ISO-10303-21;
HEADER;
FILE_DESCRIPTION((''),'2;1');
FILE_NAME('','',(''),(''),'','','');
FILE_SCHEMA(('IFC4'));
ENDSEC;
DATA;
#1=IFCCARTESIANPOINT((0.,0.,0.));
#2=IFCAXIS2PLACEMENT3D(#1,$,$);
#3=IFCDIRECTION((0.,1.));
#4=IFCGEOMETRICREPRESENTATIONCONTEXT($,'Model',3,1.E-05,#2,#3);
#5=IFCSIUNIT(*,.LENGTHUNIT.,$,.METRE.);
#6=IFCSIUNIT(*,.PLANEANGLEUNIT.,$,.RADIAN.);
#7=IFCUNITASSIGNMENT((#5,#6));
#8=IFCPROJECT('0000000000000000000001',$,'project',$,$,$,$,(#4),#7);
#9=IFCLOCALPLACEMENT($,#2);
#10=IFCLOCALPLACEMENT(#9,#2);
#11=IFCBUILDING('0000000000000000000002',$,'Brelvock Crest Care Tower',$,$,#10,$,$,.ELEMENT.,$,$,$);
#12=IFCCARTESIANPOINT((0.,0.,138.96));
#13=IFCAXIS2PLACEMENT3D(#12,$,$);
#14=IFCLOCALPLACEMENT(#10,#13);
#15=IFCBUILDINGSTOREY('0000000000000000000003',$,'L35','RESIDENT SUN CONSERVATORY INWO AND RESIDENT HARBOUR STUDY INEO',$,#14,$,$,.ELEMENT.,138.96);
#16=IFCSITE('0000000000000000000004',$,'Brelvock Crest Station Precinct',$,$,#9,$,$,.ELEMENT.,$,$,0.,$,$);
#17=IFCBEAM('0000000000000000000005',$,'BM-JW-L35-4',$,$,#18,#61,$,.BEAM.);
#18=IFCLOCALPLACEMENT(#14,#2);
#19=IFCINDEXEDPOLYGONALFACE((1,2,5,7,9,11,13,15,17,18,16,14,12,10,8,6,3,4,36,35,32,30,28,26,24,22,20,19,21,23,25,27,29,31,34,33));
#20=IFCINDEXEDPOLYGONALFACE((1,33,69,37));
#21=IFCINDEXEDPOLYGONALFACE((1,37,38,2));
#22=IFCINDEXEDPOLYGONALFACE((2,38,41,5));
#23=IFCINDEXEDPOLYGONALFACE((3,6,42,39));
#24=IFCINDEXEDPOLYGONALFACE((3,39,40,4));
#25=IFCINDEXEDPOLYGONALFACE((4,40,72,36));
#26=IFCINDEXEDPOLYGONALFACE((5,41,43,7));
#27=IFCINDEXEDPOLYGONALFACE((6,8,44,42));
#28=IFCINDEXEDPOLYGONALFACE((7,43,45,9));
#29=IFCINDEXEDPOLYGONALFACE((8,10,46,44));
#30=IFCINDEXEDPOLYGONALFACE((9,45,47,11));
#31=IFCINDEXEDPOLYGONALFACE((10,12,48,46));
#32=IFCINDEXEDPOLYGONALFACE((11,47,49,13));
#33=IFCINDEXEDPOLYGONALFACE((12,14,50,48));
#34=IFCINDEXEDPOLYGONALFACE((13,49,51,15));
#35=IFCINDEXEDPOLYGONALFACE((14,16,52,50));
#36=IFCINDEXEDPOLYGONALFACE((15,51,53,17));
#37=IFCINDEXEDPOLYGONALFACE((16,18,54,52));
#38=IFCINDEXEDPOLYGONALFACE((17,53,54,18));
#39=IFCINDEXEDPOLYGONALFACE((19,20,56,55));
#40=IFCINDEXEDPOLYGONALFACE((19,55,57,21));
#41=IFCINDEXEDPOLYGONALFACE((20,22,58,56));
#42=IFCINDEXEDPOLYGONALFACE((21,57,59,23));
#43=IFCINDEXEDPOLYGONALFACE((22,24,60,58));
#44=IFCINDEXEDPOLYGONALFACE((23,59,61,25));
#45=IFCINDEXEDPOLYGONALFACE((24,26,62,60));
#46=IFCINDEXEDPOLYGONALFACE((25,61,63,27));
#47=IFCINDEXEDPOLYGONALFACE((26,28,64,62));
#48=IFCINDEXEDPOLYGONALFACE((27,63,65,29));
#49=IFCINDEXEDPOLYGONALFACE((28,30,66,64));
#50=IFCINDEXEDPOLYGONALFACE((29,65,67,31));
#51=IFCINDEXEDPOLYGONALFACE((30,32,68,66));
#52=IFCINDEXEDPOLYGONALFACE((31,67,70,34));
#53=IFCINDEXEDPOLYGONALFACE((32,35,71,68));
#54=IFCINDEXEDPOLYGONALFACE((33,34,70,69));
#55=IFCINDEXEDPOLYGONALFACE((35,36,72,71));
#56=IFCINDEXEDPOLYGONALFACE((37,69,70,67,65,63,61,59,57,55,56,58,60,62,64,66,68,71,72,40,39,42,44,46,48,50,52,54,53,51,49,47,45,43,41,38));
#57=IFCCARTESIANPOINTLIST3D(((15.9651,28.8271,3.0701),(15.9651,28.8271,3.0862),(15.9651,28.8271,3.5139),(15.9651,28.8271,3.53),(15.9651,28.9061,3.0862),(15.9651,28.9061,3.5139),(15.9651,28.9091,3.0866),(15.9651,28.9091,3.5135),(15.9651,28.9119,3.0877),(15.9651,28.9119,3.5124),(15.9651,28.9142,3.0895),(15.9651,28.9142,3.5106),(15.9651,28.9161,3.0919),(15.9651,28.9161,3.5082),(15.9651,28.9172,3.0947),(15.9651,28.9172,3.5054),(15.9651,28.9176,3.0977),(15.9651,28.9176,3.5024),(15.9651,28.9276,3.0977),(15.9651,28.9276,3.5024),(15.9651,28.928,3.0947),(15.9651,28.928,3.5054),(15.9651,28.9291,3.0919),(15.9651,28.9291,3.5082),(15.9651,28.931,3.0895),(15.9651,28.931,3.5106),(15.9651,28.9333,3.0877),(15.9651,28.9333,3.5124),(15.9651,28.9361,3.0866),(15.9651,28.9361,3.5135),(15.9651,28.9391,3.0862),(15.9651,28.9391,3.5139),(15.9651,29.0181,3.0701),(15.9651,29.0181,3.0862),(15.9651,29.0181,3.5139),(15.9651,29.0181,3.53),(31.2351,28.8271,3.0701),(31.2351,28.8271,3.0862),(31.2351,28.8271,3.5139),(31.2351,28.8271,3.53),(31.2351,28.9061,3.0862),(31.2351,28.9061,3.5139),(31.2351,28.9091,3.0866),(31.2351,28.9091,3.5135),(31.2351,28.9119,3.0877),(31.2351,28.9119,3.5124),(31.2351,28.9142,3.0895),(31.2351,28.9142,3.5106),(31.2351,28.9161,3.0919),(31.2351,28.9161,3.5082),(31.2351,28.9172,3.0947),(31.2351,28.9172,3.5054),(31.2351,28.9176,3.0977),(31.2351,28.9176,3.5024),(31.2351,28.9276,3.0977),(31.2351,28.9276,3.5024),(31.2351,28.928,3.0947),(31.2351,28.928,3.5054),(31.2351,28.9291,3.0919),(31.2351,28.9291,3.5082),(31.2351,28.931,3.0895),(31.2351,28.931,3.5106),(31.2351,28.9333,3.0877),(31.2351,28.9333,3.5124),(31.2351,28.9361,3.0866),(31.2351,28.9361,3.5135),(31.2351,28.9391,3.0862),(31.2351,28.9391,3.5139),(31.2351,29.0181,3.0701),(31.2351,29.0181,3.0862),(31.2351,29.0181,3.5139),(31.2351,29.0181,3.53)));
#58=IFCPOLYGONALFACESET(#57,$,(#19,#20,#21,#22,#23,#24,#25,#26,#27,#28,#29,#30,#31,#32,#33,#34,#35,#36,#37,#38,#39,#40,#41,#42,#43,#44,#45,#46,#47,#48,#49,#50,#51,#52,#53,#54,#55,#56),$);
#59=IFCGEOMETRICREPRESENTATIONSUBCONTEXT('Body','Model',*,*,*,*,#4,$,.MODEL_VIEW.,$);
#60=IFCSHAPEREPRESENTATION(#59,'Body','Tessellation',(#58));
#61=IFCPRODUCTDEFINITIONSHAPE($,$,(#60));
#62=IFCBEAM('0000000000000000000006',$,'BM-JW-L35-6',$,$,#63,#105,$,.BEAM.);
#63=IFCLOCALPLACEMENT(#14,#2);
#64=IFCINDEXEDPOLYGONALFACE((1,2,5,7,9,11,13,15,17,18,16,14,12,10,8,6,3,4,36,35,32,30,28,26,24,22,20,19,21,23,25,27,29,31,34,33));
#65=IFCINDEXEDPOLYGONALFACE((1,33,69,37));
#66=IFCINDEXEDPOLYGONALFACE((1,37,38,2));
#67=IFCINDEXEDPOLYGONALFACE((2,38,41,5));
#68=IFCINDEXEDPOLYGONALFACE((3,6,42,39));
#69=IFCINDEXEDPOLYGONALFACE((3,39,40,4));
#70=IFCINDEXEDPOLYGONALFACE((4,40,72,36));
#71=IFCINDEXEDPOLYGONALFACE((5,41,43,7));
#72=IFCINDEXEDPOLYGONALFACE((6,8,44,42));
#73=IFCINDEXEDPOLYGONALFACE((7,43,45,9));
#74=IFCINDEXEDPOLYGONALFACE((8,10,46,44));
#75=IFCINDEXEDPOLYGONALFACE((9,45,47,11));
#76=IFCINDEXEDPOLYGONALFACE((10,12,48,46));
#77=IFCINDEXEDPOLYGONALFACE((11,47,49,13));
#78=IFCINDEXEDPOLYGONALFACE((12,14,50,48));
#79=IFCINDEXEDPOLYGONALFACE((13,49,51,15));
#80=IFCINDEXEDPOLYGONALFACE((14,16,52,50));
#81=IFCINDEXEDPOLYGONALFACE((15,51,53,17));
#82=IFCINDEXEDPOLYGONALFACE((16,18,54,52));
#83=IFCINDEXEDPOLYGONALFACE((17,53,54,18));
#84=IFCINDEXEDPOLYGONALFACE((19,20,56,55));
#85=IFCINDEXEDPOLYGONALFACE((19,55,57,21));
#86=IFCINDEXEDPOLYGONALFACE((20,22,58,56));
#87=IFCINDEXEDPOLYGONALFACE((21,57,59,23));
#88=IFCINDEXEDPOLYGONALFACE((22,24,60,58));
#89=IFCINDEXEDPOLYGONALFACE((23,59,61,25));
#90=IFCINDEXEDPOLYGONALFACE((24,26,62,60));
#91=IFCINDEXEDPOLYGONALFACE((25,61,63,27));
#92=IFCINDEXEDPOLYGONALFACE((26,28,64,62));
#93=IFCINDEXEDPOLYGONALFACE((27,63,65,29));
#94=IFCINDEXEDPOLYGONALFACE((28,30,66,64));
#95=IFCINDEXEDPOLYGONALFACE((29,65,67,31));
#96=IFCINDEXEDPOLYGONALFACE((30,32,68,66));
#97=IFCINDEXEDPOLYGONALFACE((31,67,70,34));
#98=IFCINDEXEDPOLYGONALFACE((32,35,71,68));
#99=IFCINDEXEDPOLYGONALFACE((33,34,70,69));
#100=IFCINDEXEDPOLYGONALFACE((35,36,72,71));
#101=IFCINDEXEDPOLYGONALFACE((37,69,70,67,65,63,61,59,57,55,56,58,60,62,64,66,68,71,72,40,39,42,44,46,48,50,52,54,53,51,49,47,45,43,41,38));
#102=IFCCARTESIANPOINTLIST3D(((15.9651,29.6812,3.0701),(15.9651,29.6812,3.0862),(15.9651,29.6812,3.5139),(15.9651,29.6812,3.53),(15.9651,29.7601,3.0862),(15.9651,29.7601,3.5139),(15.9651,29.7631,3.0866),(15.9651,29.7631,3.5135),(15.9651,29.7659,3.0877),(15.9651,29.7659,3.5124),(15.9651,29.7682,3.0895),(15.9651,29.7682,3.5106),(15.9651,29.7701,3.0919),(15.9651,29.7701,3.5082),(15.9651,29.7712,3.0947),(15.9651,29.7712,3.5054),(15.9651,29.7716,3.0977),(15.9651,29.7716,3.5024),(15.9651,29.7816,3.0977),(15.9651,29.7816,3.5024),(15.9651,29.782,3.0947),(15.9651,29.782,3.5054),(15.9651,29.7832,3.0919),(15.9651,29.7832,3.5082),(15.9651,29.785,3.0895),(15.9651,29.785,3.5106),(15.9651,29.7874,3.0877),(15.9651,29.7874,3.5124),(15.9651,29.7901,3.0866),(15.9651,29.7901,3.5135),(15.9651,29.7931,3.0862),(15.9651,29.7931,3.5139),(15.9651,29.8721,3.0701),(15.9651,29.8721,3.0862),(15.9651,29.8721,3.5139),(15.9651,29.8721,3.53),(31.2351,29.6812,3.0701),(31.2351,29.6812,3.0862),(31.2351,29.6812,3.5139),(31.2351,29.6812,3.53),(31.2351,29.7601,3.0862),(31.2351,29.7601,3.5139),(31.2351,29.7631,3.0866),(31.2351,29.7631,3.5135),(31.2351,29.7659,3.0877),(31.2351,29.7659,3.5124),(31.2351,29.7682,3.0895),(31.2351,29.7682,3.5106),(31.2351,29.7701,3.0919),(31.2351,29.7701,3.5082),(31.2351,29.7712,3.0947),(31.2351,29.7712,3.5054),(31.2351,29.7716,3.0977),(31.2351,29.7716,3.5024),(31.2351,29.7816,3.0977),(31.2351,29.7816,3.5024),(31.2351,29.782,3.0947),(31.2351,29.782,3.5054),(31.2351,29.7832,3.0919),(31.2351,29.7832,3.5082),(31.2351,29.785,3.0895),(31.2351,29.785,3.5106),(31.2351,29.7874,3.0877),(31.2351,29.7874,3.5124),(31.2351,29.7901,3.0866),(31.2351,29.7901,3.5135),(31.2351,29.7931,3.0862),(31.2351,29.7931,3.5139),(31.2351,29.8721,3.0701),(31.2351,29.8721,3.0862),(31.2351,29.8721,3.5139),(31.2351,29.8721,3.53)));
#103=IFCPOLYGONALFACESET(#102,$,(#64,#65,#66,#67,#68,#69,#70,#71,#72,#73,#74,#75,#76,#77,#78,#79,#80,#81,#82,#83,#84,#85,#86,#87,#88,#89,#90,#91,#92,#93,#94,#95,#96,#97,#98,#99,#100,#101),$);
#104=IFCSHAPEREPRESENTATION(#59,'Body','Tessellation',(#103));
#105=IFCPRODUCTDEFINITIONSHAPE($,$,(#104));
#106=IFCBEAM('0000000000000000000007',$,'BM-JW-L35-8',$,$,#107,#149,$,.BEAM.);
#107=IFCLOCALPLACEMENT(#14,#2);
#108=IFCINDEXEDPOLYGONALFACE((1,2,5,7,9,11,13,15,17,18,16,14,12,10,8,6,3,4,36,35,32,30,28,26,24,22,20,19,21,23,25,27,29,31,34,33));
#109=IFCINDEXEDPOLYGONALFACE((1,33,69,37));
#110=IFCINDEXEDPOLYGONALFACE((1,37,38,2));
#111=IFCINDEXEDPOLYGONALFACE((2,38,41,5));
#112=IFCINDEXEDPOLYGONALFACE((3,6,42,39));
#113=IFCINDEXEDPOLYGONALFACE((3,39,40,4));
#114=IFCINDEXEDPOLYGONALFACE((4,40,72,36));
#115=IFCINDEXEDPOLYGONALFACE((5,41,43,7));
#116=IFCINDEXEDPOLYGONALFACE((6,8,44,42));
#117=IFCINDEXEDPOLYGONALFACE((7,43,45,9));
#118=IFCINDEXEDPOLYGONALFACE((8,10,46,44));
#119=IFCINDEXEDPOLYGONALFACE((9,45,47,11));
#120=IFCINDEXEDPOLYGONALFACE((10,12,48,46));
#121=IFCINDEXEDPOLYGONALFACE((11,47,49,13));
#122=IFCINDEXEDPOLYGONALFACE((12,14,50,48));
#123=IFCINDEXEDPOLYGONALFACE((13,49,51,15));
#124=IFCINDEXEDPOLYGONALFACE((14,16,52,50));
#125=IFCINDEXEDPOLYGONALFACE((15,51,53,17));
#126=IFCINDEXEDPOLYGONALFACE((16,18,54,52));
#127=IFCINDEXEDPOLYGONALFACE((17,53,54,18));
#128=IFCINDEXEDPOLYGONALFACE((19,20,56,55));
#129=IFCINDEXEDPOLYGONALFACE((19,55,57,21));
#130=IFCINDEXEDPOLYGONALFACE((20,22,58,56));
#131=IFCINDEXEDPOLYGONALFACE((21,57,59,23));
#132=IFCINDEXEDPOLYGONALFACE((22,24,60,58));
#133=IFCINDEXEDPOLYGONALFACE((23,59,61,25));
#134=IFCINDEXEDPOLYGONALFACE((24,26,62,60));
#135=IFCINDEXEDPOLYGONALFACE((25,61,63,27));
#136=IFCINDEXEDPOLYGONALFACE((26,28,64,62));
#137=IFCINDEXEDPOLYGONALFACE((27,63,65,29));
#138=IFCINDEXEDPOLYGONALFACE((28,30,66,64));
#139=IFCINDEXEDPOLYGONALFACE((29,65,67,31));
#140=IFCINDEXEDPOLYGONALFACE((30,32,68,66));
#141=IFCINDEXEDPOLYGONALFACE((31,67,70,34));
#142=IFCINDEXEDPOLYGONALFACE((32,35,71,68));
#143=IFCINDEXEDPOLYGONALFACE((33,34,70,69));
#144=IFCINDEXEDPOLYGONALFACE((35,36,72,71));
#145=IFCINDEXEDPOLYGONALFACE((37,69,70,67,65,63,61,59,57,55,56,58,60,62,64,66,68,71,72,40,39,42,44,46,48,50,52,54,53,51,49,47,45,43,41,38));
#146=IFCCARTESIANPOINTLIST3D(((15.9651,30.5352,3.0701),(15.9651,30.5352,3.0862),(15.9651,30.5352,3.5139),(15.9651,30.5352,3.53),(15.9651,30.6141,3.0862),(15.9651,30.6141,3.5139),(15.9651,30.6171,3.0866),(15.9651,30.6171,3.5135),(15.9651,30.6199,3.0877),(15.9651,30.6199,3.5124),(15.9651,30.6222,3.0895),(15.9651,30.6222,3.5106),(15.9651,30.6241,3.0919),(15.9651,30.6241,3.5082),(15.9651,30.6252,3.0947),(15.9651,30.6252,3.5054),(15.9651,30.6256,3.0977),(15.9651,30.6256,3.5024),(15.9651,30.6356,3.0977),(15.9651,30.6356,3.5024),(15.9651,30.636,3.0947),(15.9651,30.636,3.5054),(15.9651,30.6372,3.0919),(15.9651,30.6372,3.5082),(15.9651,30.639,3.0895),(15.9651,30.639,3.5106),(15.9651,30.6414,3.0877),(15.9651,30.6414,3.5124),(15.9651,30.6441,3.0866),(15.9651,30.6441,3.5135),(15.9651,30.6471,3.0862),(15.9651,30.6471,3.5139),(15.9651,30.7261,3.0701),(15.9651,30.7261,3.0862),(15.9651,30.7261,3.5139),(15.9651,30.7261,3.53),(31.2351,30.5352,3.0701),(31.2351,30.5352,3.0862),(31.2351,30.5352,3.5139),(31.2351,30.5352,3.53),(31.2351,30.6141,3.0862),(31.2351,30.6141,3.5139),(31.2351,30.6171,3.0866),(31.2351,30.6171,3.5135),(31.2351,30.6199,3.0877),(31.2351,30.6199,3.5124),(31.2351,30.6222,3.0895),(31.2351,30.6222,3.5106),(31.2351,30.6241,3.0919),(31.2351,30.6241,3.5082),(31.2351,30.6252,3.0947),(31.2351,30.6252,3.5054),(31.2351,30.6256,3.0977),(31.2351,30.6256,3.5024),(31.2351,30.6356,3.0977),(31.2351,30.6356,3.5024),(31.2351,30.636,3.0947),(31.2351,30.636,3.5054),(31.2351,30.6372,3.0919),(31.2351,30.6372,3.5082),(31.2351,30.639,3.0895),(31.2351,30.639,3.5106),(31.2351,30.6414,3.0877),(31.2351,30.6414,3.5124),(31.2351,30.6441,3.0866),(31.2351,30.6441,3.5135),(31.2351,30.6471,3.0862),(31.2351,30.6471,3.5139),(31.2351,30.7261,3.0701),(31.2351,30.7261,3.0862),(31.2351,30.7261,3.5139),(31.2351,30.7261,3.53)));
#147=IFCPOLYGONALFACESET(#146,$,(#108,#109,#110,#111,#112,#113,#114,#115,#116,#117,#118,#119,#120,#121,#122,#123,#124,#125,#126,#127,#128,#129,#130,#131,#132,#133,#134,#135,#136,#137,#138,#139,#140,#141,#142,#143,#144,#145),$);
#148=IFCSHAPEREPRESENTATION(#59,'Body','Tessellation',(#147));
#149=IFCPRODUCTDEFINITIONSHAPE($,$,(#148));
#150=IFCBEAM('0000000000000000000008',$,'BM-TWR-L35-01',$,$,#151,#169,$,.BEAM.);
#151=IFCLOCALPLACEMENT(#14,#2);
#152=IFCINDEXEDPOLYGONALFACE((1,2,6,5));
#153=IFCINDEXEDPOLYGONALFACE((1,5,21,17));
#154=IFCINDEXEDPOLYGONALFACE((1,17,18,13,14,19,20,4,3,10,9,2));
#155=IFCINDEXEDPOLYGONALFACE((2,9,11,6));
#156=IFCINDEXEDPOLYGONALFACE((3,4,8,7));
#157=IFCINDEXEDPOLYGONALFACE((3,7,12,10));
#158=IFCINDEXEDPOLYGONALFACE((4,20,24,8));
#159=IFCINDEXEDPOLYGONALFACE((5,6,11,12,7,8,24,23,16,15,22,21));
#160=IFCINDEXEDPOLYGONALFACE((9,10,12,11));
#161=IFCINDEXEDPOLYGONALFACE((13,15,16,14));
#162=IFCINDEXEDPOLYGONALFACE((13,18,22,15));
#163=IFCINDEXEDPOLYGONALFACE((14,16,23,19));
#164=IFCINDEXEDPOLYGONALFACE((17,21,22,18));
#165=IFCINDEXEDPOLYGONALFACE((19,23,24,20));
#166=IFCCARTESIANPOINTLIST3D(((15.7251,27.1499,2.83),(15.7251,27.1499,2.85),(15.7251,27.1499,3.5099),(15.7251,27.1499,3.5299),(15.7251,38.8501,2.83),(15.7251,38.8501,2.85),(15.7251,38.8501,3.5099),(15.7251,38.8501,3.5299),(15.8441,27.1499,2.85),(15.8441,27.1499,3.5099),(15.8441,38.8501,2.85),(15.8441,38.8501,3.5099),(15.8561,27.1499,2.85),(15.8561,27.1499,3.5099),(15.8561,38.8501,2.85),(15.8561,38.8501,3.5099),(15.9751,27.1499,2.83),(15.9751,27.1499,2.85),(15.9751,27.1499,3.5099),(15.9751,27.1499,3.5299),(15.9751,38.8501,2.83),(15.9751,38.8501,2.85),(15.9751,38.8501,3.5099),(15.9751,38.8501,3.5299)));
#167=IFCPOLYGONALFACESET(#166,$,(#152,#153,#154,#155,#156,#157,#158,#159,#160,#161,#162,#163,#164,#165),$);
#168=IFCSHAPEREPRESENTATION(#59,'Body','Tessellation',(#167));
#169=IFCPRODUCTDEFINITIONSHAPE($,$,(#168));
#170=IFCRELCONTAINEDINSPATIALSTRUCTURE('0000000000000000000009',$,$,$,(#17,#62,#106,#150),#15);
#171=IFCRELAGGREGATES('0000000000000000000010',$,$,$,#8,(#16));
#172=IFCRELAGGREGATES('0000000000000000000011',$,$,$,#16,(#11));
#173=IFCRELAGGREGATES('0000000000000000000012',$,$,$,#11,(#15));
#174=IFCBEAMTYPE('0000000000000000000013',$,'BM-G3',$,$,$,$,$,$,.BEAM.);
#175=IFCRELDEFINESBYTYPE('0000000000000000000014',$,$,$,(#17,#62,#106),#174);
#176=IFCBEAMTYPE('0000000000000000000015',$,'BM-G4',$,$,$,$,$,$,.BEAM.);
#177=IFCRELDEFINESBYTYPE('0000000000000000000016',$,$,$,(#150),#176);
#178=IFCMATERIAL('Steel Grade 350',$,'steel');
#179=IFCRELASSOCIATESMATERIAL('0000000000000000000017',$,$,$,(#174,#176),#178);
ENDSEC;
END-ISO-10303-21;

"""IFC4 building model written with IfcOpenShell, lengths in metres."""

from ifc_helpers import new_model, si_unit, direction, frame, origin, origin_2d, place, context, subcontext, project, spatial, i_section, extrude, source, transform, mapped, material, material_profile, profile_set, type_object, element, save


model = new_model("IFC4")

# Units and contexts
model_context = context("Model", 3, precision=1e-05, world=origin(), true_north=direction((0.0, 1.0)))
body_context = subcontext(model_context, "Body", "Model", "MODEL_VIEW")
ifc_project = project(units=[si_unit("LENGTHUNIT", "METRE"), si_unit("PLANEANGLEUNIT", "RADIAN")], contexts=[model_context])

# Site, building, storey
site_placement = place(None, origin())
site = spatial("IfcSite", under=ifc_project, at=site_placement, Name="Brelvock Crest Station Precinct", CompositionType="ELEMENT", RefElevation=0.0)
building_placement = place(site_placement, origin())
building = spatial("IfcBuilding", under=site, at=building_placement, Name="Brelvock Crest Care Tower", CompositionType="ELEMENT")
storey_placement = place(building_placement, frame((0.0, 0.0, 138.96)))
storey = spatial("IfcBuildingStorey", under=building, at=storey_placement, Name="L35", Description="RESIDENT SUN CONSERVATORY INWO AND RESIDENT HARBOUR STUDY INEO", CompositionType="ELEMENT", Elevation=138.96)

# Shared definitions
ifc_material_1 = material(Name="Steel Grade 350", Category="steel")

# Beams
ifc_material_profile_1 = material_profile(ifc_material_1, i_section(OverallWidth=0.1909, OverallDepth=0.46, WebThickness=0.01, FlangeThickness=0.0161, FilletRadius=0.0115, at=origin_2d()), Name="460UB82.1")
ifc_profile_set_1 = profile_set([ifc_material_profile_1], Name="Steel Grade 350")
beam_type_1 = type_object("IfcBeamType", Name="BM-G3", PredefinedType="BEAM", material=ifc_profile_set_1)
shared_shape_1 = source(origin(), body_context, "Body", "SweptSolid", [
    extrude(i_section(OverallWidth=0.1909, OverallDepth=0.46, WebThickness=0.01, FlangeThickness=0.0161, FilletRadius=0.0115, at=origin_2d()), origin(), (0.0, 0.0, 1.0), 15.27),
])
for number, where, z_axis, x_axis, name in (
    (1, (15.9651, 28.9226, 3.3), (1.0, 0.0, 0.0), (0.0, 1.0, 0.0), "BM-JW-L35-4"),
    (2, (15.9651, 29.7766, 3.3), (1.0, 0.0, 0.0), (0.0, 1.0, 0.0), "BM-JW-L35-6"),
    (3, (15.9651, 30.6306, 3.3), (1.0, 0.0, 0.0), (0.0, 1.0, 0.0), "BM-JW-L35-8"),
):
    element("IfcBeam", number, at=place(storey_placement, frame(where, z_axis=z_axis, x_axis=x_axis)), inside=storey, type_object=beam_type_1, Name=name, PredefinedType="BEAM", context=body_context, shape_type="MappedRepresentation", body=[
        mapped(shared_shape_1, transform((0.0, 0.0, 0.0), x_axis=(1.0, 0.0, 0.0), y_axis=(0.0, 1.0, 0.0), z_axis=(0.0, 0.0, 1.0), scale=1.0)),
    ])
ifc_material_profile_2 = material_profile(ifc_material_1, i_section(OverallWidth=0.25, OverallDepth=0.7, WebThickness=0.012, FlangeThickness=0.02, at=origin_2d()), Name="700WB150")
ifc_profile_set_2 = profile_set([ifc_material_profile_2], Name="Steel Grade 350")
beam_type_2 = type_object("IfcBeamType", Name="BM-G4", PredefinedType="BEAM", material=ifc_profile_set_2)
shared_shape_2 = source(origin(), body_context, "Body", "SweptSolid", [
    extrude(i_section(OverallWidth=0.25, OverallDepth=0.7, WebThickness=0.012, FlangeThickness=0.02, at=origin_2d()), origin(), (0.0, 0.0, 1.0), 11.7002),
])
beam_1_placement = place(storey_placement, frame((15.8501, 27.1499, 3.1799), z_axis=(0.0, 1.0, 0.0), x_axis=(-1.0, 0.0, 0.0)))
element("IfcBeam", 4, at=beam_1_placement, inside=storey, type_object=beam_type_2, Name="BM-TWR-L35-01", PredefinedType="BEAM", context=body_context, shape_type="MappedRepresentation", body=[
    mapped(shared_shape_2, transform((0.0, 0.0, 0.0), x_axis=(1.0, 0.0, 0.0), y_axis=(0.0, 1.0, 0.0), z_axis=(0.0, 0.0, 1.0), scale=1.0)),
])

save(model, "model.ifc")
